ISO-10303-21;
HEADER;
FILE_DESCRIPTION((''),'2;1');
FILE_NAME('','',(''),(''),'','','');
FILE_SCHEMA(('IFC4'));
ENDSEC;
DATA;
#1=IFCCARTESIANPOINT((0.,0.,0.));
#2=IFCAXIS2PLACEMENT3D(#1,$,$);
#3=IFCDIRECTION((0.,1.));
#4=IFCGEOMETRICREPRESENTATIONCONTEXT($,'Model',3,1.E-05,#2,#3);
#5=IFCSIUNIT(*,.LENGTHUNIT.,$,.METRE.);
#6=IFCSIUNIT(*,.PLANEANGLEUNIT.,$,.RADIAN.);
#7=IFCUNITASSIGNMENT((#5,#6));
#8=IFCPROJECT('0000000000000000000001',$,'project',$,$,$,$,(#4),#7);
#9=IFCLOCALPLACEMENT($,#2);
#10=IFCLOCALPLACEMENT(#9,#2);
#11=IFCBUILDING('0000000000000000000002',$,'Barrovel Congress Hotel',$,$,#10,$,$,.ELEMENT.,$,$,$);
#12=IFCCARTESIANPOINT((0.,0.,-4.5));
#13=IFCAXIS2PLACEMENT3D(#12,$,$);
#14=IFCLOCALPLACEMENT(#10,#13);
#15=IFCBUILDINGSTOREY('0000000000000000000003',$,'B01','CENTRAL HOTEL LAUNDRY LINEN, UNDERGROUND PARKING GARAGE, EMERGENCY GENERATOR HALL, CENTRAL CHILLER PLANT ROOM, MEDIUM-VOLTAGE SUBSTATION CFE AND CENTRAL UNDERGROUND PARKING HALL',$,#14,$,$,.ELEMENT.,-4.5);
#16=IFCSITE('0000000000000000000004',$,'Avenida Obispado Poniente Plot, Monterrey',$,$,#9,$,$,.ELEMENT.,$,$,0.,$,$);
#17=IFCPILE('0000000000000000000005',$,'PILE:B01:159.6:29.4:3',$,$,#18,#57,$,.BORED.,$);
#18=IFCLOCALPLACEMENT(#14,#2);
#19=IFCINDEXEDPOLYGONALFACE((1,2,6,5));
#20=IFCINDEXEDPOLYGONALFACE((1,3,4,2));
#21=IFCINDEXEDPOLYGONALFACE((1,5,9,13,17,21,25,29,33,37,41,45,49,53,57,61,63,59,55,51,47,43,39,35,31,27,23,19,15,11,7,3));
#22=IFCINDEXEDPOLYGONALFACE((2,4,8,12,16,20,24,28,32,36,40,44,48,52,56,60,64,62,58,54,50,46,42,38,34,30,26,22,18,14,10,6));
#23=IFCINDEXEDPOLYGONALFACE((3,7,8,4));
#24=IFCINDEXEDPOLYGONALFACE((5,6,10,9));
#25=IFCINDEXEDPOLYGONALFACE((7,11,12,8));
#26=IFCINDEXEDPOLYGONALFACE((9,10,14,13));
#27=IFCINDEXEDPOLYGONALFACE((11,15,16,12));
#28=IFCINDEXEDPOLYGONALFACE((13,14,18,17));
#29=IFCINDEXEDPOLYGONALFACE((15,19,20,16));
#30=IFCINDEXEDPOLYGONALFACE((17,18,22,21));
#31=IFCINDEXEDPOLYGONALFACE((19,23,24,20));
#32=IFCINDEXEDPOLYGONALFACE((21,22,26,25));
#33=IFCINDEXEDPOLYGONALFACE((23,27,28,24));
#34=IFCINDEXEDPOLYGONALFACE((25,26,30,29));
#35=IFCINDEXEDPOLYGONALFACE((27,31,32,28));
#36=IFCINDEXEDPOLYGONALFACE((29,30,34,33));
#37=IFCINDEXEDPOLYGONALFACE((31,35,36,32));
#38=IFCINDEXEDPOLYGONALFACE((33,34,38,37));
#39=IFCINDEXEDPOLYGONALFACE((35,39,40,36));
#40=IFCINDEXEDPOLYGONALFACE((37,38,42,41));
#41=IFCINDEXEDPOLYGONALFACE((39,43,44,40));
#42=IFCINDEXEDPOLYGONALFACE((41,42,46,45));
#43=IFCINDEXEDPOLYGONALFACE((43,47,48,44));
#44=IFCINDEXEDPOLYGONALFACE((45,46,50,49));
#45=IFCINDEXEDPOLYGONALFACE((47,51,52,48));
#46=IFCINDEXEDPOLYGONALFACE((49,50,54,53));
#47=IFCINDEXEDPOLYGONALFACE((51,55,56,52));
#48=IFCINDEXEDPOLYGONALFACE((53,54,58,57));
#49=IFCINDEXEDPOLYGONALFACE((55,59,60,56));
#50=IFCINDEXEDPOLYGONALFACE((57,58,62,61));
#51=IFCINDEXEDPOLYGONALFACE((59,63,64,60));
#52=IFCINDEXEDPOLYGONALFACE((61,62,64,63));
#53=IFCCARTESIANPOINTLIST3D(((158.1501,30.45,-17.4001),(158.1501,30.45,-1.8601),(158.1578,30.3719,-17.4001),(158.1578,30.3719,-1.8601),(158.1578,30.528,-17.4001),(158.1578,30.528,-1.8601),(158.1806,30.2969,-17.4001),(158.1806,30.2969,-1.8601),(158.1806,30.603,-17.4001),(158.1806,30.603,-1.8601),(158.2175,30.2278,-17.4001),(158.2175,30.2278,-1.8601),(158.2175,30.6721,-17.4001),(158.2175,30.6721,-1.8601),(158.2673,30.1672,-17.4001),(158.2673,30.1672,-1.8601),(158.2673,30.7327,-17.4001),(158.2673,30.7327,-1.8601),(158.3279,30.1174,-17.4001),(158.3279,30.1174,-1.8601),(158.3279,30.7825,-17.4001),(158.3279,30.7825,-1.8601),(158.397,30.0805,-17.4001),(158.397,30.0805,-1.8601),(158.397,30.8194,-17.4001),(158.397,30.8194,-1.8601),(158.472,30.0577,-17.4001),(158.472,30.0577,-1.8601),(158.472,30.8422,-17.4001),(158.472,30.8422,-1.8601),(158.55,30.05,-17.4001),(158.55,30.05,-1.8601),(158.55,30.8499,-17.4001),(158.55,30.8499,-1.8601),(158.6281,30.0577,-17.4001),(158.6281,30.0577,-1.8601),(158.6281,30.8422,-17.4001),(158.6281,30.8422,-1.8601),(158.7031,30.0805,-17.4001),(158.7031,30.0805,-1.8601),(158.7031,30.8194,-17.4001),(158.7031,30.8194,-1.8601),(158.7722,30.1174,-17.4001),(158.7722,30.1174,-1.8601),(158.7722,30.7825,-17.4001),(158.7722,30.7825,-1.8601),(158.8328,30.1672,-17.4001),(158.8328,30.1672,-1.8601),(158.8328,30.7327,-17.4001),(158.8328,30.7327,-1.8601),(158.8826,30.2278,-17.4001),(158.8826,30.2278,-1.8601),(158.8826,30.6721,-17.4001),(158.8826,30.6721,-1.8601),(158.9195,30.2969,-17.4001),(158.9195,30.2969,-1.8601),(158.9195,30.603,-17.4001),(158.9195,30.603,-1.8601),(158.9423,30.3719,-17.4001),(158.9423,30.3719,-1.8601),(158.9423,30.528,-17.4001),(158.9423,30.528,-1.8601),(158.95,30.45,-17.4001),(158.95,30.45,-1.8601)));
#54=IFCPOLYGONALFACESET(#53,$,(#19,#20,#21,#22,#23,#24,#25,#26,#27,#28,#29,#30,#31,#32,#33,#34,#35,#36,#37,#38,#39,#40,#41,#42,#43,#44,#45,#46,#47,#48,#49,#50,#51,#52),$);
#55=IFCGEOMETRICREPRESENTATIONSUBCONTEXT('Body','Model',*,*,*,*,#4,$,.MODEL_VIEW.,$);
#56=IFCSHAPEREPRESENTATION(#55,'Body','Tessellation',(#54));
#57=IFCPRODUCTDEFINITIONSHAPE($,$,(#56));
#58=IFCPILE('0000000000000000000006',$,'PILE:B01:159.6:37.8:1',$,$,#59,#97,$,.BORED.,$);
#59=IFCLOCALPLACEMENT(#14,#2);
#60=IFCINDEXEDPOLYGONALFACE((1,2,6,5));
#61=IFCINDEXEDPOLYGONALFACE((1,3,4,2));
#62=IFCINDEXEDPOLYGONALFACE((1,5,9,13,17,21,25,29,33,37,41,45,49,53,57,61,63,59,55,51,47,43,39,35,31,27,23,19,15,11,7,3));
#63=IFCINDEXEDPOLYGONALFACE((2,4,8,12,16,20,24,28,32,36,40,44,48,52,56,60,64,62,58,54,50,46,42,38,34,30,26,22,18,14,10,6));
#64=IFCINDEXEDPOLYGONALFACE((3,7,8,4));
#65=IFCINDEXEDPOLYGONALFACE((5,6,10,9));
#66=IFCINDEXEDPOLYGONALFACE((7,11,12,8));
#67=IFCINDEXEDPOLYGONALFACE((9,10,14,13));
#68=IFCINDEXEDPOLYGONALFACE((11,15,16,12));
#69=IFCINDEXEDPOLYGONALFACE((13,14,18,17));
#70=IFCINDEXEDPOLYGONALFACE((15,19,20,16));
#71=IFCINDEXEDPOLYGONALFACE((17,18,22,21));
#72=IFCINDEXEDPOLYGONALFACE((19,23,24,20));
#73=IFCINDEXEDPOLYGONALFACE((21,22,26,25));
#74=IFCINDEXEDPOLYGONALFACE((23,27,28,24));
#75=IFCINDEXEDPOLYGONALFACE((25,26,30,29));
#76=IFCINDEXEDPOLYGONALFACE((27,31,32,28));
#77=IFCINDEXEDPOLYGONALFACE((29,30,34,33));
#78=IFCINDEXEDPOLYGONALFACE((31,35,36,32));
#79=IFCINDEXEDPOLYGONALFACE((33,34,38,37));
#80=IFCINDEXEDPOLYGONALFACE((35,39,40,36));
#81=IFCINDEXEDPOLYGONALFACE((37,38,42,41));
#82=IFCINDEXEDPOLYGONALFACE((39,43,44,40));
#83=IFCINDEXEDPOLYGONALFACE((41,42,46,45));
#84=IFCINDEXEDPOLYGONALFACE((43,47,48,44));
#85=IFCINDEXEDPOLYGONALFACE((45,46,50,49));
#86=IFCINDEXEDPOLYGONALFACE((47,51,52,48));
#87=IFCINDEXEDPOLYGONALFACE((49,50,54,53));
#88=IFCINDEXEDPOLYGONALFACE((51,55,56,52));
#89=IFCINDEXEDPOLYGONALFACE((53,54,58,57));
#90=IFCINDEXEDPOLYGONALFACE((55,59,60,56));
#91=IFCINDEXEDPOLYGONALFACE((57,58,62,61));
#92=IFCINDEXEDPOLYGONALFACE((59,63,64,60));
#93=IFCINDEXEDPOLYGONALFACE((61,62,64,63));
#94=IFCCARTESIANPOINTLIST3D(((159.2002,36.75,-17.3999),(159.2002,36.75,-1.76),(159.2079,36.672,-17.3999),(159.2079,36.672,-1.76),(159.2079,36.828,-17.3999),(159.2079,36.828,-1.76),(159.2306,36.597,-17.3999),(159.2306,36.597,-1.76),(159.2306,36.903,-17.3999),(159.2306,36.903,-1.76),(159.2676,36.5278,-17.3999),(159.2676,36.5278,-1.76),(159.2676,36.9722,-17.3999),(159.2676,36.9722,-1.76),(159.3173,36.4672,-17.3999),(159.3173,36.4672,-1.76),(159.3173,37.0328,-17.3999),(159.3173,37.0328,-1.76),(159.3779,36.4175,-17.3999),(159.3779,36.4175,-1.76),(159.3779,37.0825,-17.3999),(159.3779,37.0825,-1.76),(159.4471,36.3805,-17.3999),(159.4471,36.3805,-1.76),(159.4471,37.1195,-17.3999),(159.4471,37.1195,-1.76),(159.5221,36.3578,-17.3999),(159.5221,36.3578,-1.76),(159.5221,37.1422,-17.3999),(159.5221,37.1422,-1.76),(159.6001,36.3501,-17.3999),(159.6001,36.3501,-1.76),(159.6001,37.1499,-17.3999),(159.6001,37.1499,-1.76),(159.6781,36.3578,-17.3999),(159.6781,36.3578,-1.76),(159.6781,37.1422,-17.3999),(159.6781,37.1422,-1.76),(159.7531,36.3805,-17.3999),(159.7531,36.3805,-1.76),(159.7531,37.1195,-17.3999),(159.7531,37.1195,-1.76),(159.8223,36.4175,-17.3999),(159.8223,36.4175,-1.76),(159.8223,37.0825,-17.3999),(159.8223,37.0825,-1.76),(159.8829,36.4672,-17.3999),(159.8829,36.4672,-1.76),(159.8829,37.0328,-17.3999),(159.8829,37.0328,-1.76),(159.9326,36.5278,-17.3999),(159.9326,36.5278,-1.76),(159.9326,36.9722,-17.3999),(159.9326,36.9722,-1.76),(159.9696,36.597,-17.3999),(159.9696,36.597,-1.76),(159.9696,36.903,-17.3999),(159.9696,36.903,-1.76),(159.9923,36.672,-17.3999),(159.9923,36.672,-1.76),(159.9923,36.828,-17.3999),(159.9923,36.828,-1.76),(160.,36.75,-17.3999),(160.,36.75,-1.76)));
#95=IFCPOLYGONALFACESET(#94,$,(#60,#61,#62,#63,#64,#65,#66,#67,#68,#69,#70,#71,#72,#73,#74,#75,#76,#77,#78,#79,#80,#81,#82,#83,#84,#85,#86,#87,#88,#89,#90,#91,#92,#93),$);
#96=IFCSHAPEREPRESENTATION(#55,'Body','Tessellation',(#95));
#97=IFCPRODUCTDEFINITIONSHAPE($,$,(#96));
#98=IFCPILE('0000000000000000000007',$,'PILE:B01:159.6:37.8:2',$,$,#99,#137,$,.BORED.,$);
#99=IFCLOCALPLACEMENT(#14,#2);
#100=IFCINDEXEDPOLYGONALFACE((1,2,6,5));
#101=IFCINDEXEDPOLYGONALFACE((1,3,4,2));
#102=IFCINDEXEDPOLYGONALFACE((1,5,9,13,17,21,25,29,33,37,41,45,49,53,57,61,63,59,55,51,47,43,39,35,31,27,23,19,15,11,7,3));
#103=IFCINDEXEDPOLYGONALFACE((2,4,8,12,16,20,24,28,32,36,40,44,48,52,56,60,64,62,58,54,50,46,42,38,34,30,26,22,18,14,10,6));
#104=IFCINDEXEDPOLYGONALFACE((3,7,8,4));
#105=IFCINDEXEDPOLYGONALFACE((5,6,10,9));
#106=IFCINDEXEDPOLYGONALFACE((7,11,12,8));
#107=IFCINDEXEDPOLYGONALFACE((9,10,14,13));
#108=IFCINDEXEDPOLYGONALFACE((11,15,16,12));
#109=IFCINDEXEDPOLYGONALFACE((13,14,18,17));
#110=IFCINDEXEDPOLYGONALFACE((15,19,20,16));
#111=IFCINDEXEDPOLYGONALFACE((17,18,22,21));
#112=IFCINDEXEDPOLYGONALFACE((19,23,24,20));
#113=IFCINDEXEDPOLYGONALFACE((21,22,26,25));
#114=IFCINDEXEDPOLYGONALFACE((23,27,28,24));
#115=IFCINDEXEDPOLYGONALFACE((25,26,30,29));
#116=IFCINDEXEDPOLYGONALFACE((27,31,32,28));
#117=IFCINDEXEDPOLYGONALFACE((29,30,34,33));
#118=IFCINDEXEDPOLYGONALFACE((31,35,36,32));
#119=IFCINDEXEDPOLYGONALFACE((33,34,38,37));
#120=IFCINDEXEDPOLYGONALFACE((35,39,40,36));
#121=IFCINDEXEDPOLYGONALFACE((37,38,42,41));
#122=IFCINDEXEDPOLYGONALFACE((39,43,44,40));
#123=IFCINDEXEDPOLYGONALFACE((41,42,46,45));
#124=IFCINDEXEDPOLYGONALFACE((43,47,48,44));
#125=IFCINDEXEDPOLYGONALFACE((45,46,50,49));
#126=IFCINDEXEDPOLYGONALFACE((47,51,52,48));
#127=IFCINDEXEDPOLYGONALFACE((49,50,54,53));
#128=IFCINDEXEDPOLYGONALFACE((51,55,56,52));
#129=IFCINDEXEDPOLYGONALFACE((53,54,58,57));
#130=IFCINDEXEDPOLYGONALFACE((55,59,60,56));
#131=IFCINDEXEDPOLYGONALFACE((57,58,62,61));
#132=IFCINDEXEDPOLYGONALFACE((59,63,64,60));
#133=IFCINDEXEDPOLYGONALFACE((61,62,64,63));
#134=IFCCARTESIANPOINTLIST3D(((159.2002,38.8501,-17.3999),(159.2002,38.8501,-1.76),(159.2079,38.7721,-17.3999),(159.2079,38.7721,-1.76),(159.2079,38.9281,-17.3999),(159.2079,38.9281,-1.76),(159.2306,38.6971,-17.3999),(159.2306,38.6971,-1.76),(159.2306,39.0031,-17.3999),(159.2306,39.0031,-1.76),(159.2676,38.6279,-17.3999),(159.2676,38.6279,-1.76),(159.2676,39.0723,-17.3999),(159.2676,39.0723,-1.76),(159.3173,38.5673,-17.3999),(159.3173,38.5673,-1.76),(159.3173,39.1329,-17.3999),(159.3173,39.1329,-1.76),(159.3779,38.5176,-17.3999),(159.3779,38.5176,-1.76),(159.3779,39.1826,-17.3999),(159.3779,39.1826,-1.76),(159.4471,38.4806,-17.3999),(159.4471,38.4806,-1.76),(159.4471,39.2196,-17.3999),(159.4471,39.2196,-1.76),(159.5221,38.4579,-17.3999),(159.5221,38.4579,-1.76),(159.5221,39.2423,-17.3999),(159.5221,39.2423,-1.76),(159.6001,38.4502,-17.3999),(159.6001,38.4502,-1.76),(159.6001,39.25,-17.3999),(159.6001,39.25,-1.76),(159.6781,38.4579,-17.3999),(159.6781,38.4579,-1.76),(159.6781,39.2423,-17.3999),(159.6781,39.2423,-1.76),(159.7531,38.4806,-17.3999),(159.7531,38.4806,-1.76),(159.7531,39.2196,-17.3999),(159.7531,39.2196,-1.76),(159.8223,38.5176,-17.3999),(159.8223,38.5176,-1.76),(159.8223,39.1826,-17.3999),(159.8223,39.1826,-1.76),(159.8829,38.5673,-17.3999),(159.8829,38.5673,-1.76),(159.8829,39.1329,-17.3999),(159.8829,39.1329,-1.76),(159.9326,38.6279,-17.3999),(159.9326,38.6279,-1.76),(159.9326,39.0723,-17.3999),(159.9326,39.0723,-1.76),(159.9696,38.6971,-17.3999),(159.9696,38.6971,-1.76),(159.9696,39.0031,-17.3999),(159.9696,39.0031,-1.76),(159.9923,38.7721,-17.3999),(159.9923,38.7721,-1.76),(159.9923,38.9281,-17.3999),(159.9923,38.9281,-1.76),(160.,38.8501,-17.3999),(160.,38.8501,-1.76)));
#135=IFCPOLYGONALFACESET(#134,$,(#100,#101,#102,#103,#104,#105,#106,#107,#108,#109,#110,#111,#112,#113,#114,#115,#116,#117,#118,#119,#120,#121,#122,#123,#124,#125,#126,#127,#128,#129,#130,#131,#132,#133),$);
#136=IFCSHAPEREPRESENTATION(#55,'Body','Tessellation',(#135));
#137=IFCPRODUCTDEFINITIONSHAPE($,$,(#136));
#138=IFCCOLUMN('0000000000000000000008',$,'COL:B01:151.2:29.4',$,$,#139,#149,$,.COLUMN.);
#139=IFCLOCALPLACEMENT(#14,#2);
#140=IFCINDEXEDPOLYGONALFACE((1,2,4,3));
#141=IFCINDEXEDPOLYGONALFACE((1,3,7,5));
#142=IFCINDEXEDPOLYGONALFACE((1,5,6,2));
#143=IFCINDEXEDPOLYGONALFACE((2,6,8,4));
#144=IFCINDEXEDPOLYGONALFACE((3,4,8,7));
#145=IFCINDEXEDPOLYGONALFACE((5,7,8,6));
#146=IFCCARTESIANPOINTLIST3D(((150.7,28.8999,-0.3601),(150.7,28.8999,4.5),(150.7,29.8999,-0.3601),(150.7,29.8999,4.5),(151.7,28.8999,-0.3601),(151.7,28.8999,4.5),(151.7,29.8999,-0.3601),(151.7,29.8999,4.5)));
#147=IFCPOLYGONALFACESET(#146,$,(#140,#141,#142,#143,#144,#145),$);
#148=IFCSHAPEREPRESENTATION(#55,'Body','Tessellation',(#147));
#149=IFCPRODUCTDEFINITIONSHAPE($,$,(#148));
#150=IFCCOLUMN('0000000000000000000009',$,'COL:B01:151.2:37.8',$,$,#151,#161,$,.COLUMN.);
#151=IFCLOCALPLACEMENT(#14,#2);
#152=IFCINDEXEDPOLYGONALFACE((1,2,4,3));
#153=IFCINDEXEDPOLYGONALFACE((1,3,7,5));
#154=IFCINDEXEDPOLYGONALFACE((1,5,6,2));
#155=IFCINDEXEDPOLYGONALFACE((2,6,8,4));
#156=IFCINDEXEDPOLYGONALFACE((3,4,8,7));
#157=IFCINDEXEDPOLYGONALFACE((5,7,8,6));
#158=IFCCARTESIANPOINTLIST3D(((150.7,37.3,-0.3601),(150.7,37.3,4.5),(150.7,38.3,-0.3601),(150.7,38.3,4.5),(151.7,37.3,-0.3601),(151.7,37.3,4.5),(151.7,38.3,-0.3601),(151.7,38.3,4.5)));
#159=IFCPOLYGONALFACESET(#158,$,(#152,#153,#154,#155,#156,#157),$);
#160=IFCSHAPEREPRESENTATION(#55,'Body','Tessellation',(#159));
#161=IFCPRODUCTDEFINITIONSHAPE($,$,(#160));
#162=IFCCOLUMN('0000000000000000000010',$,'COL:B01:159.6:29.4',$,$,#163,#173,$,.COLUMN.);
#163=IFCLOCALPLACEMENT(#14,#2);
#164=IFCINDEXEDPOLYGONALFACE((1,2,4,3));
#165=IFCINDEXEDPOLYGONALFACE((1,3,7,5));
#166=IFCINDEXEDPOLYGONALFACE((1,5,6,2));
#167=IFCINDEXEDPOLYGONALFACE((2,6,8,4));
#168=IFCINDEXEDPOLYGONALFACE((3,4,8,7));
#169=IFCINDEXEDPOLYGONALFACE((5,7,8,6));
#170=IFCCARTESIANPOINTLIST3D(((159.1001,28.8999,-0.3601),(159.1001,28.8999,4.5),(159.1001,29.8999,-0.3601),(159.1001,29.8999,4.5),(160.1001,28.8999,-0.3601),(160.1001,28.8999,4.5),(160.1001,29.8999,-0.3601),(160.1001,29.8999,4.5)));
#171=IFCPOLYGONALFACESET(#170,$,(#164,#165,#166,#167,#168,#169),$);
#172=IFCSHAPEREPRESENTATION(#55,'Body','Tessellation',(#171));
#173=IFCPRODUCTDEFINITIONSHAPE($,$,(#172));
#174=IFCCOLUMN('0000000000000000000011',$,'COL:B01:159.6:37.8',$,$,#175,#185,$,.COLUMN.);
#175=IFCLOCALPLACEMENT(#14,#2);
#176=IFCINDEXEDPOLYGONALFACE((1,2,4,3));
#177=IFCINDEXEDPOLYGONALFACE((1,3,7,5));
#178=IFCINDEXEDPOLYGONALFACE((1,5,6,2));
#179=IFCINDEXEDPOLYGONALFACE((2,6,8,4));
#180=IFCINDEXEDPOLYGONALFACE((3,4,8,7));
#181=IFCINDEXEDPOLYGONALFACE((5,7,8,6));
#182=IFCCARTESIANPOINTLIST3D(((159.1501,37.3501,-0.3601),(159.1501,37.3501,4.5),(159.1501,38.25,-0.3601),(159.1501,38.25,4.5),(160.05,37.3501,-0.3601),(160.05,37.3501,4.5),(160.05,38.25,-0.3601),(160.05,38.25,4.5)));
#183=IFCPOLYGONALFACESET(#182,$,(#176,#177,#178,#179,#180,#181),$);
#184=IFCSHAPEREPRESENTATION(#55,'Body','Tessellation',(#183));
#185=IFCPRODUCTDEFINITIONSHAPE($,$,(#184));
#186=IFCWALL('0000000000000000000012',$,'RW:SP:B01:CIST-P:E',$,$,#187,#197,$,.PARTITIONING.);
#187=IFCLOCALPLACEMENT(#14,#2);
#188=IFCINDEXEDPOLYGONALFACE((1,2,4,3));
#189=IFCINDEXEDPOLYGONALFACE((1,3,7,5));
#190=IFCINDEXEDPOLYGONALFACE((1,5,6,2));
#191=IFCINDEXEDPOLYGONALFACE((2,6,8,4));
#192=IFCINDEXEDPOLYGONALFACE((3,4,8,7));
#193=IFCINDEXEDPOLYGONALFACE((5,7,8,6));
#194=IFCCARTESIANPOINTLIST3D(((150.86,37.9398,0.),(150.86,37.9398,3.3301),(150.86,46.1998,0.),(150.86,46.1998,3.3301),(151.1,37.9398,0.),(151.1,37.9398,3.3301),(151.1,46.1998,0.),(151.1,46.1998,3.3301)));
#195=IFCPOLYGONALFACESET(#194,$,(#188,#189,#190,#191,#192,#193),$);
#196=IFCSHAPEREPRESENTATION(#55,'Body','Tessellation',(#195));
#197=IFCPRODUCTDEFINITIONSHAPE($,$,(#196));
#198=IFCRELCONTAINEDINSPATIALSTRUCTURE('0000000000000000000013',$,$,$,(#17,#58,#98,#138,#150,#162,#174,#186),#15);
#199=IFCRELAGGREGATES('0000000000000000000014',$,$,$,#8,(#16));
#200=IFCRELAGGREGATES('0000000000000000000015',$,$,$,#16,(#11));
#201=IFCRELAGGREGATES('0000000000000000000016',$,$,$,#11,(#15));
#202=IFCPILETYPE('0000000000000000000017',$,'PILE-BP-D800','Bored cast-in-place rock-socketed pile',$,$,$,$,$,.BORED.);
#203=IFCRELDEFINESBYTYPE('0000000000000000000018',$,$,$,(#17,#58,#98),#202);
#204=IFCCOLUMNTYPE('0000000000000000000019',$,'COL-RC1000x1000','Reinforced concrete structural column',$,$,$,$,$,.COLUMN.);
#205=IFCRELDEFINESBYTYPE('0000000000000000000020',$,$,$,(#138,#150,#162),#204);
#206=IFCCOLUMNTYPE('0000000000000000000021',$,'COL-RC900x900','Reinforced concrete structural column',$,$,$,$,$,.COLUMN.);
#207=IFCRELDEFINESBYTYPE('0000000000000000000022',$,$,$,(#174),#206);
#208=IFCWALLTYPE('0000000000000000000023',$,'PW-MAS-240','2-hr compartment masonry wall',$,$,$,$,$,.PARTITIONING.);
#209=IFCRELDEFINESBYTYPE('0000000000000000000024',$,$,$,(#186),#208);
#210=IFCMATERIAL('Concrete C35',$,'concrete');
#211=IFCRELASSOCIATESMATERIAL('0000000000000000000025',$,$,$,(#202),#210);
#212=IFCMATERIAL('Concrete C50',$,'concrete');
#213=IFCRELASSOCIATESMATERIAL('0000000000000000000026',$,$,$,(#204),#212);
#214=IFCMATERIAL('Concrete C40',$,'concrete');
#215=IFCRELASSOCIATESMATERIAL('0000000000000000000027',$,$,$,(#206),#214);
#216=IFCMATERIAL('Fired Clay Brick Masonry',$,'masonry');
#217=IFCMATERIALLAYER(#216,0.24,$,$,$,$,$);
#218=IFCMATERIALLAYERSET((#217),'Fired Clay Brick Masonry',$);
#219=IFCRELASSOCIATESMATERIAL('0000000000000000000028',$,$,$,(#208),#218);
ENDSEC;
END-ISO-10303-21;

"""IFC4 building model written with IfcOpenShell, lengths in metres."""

from ifc_helpers import new_model, si_unit, direction, frame, frame_2d, origin, origin_2d, place, context, subcontext, project, spatial, rectangle, circle, extrude, material, layer, layer_set, material_profile, profile_set, type_object, element, save


model = new_model("IFC4")

# Units and contexts
model_context = context("Model", 3, precision=1e-05, world=origin(), true_north=direction((0.0, 1.0)))
body_context = subcontext(model_context, "Body", "Model", "MODEL_VIEW")
ifc_project = project(units=[si_unit("LENGTHUNIT", "METRE"), si_unit("PLANEANGLEUNIT", "RADIAN")], contexts=[model_context])

# Site, building, storey
site_placement = place(None, origin())
site = spatial("IfcSite", under=ifc_project, at=site_placement, Name="Avenida Obispado Poniente Plot, Monterrey", CompositionType="ELEMENT", RefElevation=0.0)
building_placement = place(site_placement, origin())
building = spatial("IfcBuilding", under=site, at=building_placement, Name="Barrovel Congress Hotel", CompositionType="ELEMENT")
storey_placement = place(building_placement, frame((0.0, 0.0, -4.5)))
storey = spatial("IfcBuildingStorey", under=building, at=storey_placement, Name="B01", Description="CENTRAL HOTEL LAUNDRY LINEN, UNDERGROUND PARKING GARAGE, EMERGENCY GENERATOR HALL, CENTRAL CHILLER PLANT ROOM, MEDIUM-VOLTAGE SUBSTATION CFE AND CENTRAL UNDERGROUND PARKING HALL", CompositionType="ELEMENT", Elevation=-4.5)

# Shared definitions
ifc_material_1 = material(Name="Concrete C40", Category="concrete")

# Piles
ifc_material_2 = material(Name="Concrete C35", Category="concrete")
ifc_material_profile_1 = material_profile(ifc_material_2, circle(Radius=0.3999, at=origin_2d()), Name="BP-D800")
ifc_profile_set_1 = profile_set([ifc_material_profile_1], Name="Concrete C35")
pile_type_1 = type_object("IfcPileType", Name="PILE-BP-D800", Description="Bored cast-in-place rock-socketed pile", PredefinedType="BORED", material=ifc_profile_set_1)
pile_1_placement = place(storey_placement, frame((158.55, 30.45, -1.8601), z_axis=(0.0, 0.0, -1.0), x_axis=(1.0, 0.0, 0.0)))
element("IfcPile", 1, at=pile_1_placement, inside=storey, type_object=pile_type_1, Name="PILE:B01:159.6:29.4:3", PredefinedType="BORED", context=body_context, shape_type="SweptSolid", body=[
    extrude(circle(Radius=0.3999, at=origin_2d()), origin(), (0.0, 0.0, 1.0), 15.54),
])
for number, where, z_axis, x_axis, name in (
    (2, (159.6001, 36.75, -1.76), (0.0, 0.0, -1.0), (1.0, 0.0, 0.0), "PILE:B01:159.6:37.8:1"),
    (3, (159.6001, 38.8501, -1.76), (0.0, 0.0, -1.0), (1.0, 0.0, 0.0), "PILE:B01:159.6:37.8:2"),
):
    element("IfcPile", number, at=place(storey_placement, frame(where, z_axis=z_axis, x_axis=x_axis)), inside=storey, type_object=pile_type_1, Name=name, PredefinedType="BORED", context=body_context, shape_type="SweptSolid", body=[
        extrude(circle(Radius=0.3999, at=origin_2d()), origin(), (0.0, 0.0, 1.0), 15.6399),
    ])

# Columns
ifc_material_3 = material(Name="Concrete C50", Category="concrete")
ifc_material_profile_2 = material_profile(ifc_material_3, rectangle(XDim=1.0, YDim=1.0, at=origin_2d()), Name="RC1000x1000")
ifc_profile_set_2 = profile_set([ifc_material_profile_2], Name="Concrete C50")
column_type_1 = type_object("IfcColumnType", Name="COL-RC1000x1000", Description="Reinforced concrete structural column", PredefinedType="COLUMN", material=ifc_profile_set_2)
for number, where, z_axis, x_axis, name in (
    (4, (151.2, 29.3999, -0.3601), (0.0, 0.0, 1.0), (1.0, 0.0, 0.0), "COL:B01:151.2:29.4"),
    (5, (151.2, 37.8, -0.3601), (0.0, 0.0, 1.0), (1.0, 0.0, 0.0), "COL:B01:151.2:37.8"),
    (6, (159.6001, 29.3999, -0.3601), (0.0, 0.0, 1.0), (1.0, 0.0, 0.0), "COL:B01:159.6:29.4"),
):
    element("IfcColumn", number, at=place(storey_placement, frame(where, z_axis=z_axis, x_axis=x_axis)), inside=storey, type_object=column_type_1, Name=name, PredefinedType="COLUMN", context=body_context, shape_type="SweptSolid", body=[
        extrude(rectangle(XDim=1.0, YDim=1.0, at=origin_2d()), origin(), (0.0, 0.0, 1.0), 4.8601),
    ])
ifc_material_profile_3 = material_profile(ifc_material_1, rectangle(XDim=0.8999, YDim=0.8999, at=origin_2d()), Name="RC900x900")
ifc_profile_set_3 = profile_set([ifc_material_profile_3], Name="Concrete C40")
column_type_2 = type_object("IfcColumnType", Name="COL-RC900x900", Description="Reinforced concrete structural column", PredefinedType="COLUMN", material=ifc_profile_set_3)
column_placement = place(storey_placement, frame((159.6001, 37.8, -0.3601), z_axis=(0.0, 0.0, 1.0), x_axis=(1.0, 0.0, 0.0)))
element("IfcColumn", 7, at=column_placement, inside=storey, type_object=column_type_2, Name="COL:B01:159.6:37.8", PredefinedType="COLUMN", context=body_context, shape_type="SweptSolid", body=[
    extrude(rectangle(XDim=0.8999, YDim=0.8999, at=origin_2d()), origin(), (0.0, 0.0, 1.0), 4.8601),
])

# Wall
ifc_material_4 = material(Name="Fired Clay Brick Masonry", Category="masonry")
ifc_layer = layer(ifc_material_4, 0.24)
ifc_layer_set = layer_set([ifc_layer], Name="Fired Clay Brick Masonry")
wall_type = type_object("IfcWallType", Name="PW-MAS-240", Description="2-hr compartment masonry wall", PredefinedType="PARTITIONING", material=ifc_layer_set)
wall_1_placement = place(storey_placement, frame((150.98, 37.9399, 0.0), z_axis=(0.0, 0.0, 1.0), x_axis=(0.0, 1.0, 0.0)))
element("IfcWall", 8, at=wall_1_placement, inside=storey, type_object=wall_type, Name="RW:SP:B01:CIST-P:E", PredefinedType="PARTITIONING", context=body_context, shape_type="SweptSolid", body=[
    extrude(rectangle(XDim=8.26, YDim=0.24, at=frame_2d((4.1299, 0.0))), origin(), (0.0, 0.0, 1.0), 3.3301),
])

save(model, "model.ifc")
